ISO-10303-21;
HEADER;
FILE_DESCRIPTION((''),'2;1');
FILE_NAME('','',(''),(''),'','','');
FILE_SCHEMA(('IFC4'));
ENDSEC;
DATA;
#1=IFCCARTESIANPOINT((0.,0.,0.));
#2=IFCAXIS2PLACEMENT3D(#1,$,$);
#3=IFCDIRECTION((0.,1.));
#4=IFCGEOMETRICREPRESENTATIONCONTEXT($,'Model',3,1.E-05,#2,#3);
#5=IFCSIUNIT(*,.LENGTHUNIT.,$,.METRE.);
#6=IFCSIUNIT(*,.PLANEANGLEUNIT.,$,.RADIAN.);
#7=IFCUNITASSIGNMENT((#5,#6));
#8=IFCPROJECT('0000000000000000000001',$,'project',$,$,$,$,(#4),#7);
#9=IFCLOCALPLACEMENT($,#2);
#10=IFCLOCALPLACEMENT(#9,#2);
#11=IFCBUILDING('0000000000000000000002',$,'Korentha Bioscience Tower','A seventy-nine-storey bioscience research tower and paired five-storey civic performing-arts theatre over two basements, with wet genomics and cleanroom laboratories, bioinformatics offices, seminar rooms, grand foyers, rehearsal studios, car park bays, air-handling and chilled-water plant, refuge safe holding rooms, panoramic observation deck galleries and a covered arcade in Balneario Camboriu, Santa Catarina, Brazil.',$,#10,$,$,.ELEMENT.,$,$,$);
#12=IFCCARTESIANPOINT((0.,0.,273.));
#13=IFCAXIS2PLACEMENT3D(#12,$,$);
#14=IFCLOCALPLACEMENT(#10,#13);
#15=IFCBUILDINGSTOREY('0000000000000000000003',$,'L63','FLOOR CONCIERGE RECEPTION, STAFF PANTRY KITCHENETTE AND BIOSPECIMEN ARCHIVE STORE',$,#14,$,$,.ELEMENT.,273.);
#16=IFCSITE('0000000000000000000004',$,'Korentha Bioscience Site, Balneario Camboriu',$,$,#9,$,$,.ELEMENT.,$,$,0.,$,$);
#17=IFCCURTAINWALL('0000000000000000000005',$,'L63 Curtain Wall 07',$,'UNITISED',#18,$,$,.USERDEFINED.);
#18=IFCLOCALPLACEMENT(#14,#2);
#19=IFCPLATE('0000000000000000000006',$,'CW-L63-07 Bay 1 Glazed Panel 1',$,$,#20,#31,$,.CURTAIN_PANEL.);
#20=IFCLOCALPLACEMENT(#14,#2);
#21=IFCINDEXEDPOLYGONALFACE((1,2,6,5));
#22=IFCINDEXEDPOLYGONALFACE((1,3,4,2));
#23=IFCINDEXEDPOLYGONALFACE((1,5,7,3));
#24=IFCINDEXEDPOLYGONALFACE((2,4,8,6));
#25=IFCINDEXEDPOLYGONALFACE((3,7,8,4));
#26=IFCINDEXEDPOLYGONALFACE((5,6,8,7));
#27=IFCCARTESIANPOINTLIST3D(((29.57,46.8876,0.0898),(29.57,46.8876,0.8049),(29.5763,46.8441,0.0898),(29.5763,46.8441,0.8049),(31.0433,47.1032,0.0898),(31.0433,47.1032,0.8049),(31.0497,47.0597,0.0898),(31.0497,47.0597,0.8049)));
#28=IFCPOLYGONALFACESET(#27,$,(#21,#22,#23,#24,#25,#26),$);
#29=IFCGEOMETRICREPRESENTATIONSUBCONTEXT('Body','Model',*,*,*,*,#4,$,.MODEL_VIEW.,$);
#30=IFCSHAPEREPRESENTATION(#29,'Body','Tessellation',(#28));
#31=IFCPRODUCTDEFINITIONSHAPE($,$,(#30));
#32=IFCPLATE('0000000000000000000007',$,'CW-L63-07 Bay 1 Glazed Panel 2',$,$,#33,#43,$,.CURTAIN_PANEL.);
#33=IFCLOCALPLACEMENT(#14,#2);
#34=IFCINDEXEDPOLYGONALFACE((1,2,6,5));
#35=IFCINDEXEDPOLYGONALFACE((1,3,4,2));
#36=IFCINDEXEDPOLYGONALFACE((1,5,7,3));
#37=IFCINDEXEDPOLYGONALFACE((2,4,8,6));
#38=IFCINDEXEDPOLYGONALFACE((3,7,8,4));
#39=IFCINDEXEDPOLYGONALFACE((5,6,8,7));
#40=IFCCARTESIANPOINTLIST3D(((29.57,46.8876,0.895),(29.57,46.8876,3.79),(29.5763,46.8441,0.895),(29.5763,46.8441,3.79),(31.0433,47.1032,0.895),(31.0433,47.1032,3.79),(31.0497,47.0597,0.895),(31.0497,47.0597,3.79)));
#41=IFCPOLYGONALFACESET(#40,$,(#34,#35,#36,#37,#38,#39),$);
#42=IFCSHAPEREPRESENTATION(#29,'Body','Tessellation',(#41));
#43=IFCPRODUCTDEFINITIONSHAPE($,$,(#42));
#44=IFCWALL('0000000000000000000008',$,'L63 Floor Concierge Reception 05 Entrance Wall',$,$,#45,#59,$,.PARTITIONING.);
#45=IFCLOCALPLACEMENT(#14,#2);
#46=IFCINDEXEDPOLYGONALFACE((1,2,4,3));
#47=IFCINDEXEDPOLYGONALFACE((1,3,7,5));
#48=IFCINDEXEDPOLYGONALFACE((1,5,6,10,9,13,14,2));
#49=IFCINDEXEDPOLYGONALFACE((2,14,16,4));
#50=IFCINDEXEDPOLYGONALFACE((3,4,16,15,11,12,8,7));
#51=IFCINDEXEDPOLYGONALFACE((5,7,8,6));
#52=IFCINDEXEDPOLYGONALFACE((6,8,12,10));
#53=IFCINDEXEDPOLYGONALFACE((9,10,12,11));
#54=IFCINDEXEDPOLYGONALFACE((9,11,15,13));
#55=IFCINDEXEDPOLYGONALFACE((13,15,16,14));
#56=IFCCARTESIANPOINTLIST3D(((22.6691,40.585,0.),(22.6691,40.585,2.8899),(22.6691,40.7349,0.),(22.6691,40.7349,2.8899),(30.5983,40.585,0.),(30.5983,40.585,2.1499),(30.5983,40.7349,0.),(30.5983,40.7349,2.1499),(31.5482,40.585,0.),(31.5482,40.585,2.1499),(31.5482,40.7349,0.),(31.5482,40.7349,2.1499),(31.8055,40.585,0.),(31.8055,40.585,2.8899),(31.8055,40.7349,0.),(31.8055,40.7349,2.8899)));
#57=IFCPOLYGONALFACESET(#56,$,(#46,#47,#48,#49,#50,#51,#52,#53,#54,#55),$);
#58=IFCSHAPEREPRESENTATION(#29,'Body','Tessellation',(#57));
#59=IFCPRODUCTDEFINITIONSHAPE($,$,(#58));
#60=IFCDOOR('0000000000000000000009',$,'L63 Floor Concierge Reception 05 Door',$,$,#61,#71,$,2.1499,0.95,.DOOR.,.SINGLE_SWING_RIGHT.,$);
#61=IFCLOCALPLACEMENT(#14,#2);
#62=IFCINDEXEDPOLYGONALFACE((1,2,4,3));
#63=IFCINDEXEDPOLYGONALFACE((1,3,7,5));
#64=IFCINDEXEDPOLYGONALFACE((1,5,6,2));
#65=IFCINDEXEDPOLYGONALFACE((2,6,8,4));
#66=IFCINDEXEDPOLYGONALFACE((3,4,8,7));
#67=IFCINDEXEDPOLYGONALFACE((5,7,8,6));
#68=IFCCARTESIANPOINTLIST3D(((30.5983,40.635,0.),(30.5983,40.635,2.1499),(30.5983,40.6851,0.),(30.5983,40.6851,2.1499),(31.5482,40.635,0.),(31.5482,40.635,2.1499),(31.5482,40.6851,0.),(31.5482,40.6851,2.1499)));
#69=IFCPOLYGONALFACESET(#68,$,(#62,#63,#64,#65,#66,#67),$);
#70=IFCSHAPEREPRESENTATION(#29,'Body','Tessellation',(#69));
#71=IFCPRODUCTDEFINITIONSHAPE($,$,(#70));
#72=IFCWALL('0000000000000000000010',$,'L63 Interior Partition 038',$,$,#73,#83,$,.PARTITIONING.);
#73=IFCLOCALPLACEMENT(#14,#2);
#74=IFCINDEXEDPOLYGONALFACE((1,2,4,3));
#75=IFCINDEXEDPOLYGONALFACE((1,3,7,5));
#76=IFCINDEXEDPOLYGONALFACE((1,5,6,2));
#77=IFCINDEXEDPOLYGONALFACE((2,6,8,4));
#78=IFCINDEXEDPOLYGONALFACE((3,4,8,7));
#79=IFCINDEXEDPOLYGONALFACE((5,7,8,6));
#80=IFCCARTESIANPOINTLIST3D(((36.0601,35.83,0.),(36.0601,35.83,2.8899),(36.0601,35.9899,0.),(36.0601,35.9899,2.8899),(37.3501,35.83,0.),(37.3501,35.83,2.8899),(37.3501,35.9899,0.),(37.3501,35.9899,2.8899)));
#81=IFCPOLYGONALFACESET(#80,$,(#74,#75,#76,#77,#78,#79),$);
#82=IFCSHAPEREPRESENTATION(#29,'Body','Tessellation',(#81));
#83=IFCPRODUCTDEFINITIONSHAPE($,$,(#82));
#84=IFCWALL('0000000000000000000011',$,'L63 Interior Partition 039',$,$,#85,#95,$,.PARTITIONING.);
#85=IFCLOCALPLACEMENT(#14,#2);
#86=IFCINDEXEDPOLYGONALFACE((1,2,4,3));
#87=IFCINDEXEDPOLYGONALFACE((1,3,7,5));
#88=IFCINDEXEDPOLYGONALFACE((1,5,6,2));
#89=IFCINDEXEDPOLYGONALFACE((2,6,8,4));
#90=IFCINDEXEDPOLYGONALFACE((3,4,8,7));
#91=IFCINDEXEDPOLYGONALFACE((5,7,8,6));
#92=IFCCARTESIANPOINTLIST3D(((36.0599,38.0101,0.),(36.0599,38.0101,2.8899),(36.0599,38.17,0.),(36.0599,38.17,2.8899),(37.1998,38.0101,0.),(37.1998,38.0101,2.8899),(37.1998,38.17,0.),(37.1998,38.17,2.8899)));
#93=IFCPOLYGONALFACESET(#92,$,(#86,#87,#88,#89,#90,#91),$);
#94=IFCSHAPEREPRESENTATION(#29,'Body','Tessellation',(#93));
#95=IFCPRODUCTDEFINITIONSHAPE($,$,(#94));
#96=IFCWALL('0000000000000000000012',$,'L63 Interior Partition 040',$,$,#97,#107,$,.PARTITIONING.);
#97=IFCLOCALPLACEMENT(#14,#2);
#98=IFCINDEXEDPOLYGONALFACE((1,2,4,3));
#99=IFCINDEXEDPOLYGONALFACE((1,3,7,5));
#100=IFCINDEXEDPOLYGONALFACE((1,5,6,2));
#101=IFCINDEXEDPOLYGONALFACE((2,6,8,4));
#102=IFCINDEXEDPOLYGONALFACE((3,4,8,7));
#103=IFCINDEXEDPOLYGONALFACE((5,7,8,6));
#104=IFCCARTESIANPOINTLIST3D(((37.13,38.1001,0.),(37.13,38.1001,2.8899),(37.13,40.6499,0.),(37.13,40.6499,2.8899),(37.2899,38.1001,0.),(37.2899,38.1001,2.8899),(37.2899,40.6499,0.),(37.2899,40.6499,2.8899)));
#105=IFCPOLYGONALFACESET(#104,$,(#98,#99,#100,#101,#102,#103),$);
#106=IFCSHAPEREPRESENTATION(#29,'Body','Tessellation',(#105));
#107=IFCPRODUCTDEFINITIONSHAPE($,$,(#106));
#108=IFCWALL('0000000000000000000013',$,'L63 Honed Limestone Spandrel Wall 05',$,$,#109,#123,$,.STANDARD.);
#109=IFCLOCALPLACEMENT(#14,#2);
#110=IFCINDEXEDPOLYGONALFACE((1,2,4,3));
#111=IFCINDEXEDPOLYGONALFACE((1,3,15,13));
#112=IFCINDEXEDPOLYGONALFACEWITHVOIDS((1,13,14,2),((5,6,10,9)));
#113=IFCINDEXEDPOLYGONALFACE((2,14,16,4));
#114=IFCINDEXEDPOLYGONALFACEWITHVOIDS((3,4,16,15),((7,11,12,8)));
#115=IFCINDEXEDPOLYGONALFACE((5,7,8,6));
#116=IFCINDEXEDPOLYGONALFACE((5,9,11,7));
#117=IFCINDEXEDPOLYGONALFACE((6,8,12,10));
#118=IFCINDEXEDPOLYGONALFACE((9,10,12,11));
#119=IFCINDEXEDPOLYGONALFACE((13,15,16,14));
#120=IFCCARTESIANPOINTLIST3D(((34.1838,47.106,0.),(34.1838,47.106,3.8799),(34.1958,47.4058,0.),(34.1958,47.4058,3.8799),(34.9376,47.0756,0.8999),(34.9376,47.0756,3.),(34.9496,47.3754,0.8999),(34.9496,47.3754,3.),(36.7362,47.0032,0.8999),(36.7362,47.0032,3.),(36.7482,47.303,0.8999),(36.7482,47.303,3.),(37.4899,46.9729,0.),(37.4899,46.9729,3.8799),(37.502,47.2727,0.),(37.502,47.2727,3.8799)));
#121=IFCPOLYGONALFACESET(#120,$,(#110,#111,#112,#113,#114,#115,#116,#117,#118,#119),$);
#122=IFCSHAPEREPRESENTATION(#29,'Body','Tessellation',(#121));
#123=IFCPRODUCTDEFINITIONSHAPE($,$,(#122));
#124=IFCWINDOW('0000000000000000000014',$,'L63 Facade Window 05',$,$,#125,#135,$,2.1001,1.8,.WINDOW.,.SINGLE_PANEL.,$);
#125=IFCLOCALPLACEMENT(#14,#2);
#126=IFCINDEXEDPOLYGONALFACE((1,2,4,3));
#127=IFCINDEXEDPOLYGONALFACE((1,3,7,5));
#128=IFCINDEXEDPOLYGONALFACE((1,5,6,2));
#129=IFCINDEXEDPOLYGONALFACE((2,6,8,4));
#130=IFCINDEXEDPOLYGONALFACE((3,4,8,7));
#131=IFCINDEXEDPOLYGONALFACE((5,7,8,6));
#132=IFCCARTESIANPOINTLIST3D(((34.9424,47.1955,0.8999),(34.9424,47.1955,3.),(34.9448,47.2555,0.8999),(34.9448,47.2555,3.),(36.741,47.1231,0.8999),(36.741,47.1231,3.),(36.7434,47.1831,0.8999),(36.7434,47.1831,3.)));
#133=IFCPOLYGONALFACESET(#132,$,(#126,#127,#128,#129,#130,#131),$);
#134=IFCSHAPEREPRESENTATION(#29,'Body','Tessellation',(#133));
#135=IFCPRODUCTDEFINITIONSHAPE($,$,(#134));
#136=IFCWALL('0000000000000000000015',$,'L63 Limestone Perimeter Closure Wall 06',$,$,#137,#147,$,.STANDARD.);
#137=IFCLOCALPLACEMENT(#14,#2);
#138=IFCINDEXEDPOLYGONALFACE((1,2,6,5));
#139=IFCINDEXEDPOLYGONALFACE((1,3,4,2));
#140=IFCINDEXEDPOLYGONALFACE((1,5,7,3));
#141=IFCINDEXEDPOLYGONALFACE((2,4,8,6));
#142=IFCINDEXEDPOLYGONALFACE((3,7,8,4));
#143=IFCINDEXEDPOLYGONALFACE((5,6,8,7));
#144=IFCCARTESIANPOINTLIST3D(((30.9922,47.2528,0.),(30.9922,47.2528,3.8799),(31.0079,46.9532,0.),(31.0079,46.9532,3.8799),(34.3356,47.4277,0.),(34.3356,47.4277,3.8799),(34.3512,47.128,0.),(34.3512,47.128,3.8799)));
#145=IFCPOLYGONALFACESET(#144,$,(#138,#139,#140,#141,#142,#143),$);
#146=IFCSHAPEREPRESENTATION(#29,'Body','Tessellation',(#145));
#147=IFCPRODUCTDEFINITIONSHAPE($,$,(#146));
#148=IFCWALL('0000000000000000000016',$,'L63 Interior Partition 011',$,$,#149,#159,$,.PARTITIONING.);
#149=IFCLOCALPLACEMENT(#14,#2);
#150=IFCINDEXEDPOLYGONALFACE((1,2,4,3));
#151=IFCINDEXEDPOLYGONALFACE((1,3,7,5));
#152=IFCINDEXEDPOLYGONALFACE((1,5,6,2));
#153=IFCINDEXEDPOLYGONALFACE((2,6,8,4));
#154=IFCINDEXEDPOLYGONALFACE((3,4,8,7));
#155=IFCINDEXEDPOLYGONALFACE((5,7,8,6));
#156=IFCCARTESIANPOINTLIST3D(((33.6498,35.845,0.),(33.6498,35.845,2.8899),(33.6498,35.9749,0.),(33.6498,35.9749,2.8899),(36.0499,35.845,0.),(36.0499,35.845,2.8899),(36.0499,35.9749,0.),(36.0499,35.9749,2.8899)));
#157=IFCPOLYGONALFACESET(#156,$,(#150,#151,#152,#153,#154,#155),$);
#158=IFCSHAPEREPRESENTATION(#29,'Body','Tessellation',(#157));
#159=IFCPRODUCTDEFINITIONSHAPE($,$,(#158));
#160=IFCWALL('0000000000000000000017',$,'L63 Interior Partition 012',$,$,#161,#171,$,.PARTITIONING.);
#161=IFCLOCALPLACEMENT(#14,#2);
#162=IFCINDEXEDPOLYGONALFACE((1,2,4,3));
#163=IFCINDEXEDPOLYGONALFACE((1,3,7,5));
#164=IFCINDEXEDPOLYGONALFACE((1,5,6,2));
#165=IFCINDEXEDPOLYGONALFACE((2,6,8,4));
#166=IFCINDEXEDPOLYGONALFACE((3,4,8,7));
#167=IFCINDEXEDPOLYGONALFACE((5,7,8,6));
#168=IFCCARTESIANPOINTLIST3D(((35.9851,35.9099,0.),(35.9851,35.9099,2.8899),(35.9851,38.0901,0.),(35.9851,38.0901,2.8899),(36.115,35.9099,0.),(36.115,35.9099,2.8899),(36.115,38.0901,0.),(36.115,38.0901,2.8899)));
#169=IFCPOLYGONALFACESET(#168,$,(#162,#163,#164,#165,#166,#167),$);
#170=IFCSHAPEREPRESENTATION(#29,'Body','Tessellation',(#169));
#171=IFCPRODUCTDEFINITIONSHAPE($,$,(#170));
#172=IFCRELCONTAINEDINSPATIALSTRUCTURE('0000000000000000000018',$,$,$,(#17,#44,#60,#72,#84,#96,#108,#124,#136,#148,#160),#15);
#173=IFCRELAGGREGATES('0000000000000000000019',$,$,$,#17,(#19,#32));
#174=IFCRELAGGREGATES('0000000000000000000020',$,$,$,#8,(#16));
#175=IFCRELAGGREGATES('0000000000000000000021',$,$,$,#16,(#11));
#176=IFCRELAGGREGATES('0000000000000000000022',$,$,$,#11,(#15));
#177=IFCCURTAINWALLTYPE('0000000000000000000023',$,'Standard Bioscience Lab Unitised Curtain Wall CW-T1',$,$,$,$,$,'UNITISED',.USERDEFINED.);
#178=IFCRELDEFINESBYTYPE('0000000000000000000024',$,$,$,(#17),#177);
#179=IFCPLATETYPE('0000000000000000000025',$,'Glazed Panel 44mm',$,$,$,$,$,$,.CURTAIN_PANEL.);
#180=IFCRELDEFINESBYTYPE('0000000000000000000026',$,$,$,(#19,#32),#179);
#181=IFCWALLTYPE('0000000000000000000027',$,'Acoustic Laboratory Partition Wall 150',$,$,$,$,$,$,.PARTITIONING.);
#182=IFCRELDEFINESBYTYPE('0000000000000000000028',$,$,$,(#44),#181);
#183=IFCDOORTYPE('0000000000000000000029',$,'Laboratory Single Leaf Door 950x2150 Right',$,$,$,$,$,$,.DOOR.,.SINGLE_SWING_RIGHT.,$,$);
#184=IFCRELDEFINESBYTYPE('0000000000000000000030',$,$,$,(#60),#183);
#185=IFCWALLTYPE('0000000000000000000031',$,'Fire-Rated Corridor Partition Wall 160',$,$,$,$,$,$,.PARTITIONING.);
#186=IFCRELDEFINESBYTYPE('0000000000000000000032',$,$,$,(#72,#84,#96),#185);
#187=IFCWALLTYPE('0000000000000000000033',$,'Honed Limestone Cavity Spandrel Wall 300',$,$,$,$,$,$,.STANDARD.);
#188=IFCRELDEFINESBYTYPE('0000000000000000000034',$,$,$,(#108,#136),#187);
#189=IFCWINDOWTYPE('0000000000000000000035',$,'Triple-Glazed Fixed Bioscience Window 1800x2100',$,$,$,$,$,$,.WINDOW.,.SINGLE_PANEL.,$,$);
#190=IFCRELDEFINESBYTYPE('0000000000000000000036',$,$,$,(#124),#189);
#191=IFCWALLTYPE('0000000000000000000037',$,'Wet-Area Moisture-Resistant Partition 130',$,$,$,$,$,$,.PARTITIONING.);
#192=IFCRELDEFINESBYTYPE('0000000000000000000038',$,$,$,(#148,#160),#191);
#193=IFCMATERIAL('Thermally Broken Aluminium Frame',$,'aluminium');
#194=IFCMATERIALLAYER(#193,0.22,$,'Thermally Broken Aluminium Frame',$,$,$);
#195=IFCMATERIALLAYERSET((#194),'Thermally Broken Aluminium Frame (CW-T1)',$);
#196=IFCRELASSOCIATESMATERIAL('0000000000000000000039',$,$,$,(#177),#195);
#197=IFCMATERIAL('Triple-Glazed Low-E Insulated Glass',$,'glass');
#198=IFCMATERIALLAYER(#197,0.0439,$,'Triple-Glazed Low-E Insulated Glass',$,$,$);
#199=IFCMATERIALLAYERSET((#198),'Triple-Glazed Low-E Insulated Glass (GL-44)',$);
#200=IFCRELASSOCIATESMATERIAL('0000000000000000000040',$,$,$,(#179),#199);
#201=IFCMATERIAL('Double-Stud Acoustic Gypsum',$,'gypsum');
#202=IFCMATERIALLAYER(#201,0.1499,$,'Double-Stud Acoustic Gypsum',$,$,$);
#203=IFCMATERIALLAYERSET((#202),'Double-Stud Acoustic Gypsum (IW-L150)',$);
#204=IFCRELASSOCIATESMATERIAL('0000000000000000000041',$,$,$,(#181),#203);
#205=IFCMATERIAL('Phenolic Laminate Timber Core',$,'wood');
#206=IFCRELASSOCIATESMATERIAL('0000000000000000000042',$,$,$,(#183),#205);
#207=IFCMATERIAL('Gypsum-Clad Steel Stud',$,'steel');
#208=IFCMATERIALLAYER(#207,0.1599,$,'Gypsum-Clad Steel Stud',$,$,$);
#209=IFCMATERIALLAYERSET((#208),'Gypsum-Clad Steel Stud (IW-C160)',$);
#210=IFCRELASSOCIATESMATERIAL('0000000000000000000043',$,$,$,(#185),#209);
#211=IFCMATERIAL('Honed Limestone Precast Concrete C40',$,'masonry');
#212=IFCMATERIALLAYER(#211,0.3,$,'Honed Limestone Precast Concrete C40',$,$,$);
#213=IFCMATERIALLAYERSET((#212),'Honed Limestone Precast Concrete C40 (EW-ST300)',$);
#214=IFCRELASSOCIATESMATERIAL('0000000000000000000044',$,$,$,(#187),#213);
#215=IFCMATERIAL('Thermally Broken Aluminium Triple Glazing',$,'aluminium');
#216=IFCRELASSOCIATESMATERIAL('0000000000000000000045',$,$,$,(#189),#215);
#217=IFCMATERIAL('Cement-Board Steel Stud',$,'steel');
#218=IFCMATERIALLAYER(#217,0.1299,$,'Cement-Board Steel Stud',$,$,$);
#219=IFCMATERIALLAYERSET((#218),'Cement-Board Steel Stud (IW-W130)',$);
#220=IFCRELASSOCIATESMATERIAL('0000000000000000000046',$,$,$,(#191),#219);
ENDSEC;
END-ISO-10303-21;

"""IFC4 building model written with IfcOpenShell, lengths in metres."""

from ifc_helpers import new_model, si_unit, direction, frame, frame_2d, origin, origin_2d, place, context, subcontext, project, spatial, rectangle, extrude, material, layer, layer_set, type_object, element, fill, aggregate, save


model = new_model("IFC4")

# Units and contexts
model_context = context("Model", 3, precision=1e-05, world=origin(), true_north=direction((0.0, 1.0)))
body_context = subcontext(model_context, "Body", "Model", "MODEL_VIEW")
ifc_project = project(units=[si_unit("LENGTHUNIT", "METRE"), si_unit("PLANEANGLEUNIT", "RADIAN")], contexts=[model_context])

# Site, building, storey
site_placement = place(None, origin())
site = spatial("IfcSite", under=ifc_project, at=site_placement, Name="Korentha Bioscience Site, Balneario Camboriu", CompositionType="ELEMENT", RefElevation=0.0)
building_placement = place(site_placement, origin())
building = spatial("IfcBuilding", under=site, at=building_placement, Name="Korentha Bioscience Tower", Description="A seventy-nine-storey bioscience research tower and paired five-storey civic performing-arts theatre over two basements, with wet genomics and cleanroom laboratories, bioinformatics offices, seminar rooms, grand foyers, rehearsal studios, car park bays, air-handling and chilled-water plant, refuge safe holding rooms, panoramic observation deck galleries and a covered arcade in Balneario Camboriu, Santa Catarina, Brazil.", CompositionType="ELEMENT")
storey_placement = place(building_placement, frame((0.0, 0.0, 273.0)))
storey = spatial("IfcBuildingStorey", under=building, at=storey_placement, Name="L63", Description="FLOOR CONCIERGE RECEPTION, STAFF PANTRY KITCHENETTE AND BIOSPECIMEN ARCHIVE STORE", CompositionType="ELEMENT", Elevation=273.0)

# Curtain wall
ifc_material_1 = material(Name="Thermally Broken Aluminium Frame", Category="aluminium")
ifc_layer_1 = layer(ifc_material_1, 0.22, Name="Thermally Broken Aluminium Frame")
ifc_layer_set_1 = layer_set([ifc_layer_1], Name="Thermally Broken Aluminium Frame (CW-T1)")
curtain_wall_type = type_object("IfcCurtainWallType", Name="Standard Bioscience Lab Unitised Curtain Wall CW-T1", ElementType="UNITISED", PredefinedType="USERDEFINED", material=ifc_layer_set_1)
curtain_wall_placement = place(storey_placement, origin())
curtain_wall = element("IfcCurtainWall", 1, at=curtain_wall_placement, inside=storey, type_object=curtain_wall_type, Name="L63 Curtain Wall 07", ObjectType="UNITISED", PredefinedType="USERDEFINED")

# Plates
ifc_material_2 = material(Name="Triple-Glazed Low-E Insulated Glass", Category="glass")
ifc_layer_2 = layer(ifc_material_2, 0.0439, Name="Triple-Glazed Low-E Insulated Glass")
ifc_layer_set_2 = layer_set([ifc_layer_2], Name="Triple-Glazed Low-E Insulated Glass (GL-44)")
plate_type = type_object("IfcPlateType", Name="Glazed Panel 44mm", PredefinedType="CURTAIN_PANEL", material=ifc_layer_set_2)
plate_1_placement = place(storey_placement, frame((30.3098, 46.9736, 0.0898), z_axis=(0.0, 0.0, 1.0), x_axis=(-0.98946, -0.144809, 0.0)))
plate_1 = element("IfcPlate", 2, at=plate_1_placement, type_object=plate_type, Name="CW-L63-07 Bay 1 Glazed Panel 1", PredefinedType="CURTAIN_PANEL", context=body_context, shape_type="SweptSolid", body=[
    extrude(rectangle(XDim=1.489, YDim=0.0439, at=origin_2d()), origin(), (0.0, 0.0, 1.0), 0.7151),
])
plate_2_placement = place(storey_placement, frame((30.3098, 46.9736, 0.895), z_axis=(0.0, 0.0, 1.0), x_axis=(-0.98946, -0.144809, 0.0)))
plate_2 = element("IfcPlate", 3, at=plate_2_placement, type_object=plate_type, Name="CW-L63-07 Bay 1 Glazed Panel 2", PredefinedType="CURTAIN_PANEL", context=body_context, shape_type="SweptSolid", body=[
    extrude(rectangle(XDim=1.489, YDim=0.0439, at=origin_2d()), origin(), (0.0, 0.0, 1.0), 2.895),
])
aggregate(curtain_wall, [plate_1, plate_2])

# Wall, opening, door
ifc_material_3 = material(Name="Double-Stud Acoustic Gypsum", Category="gypsum")
ifc_layer_3 = layer(ifc_material_3, 0.1499, Name="Double-Stud Acoustic Gypsum")
ifc_layer_set_3 = layer_set([ifc_layer_3], Name="Double-Stud Acoustic Gypsum (IW-L150)")
wall_type_1 = type_object("IfcWallType", Name="Acoustic Laboratory Partition Wall 150", PredefinedType="PARTITIONING", material=ifc_layer_set_3)
wall_1_placement = place(storey_placement, frame((31.8057, 40.6599, 0.0), z_axis=(0.0, 0.0, 1.0), x_axis=(-1.0, 0.0, 0.0)))
wall_1 = element("IfcWall", 4, at=wall_1_placement, inside=storey, type_object=wall_type_1, Name="L63 Floor Concierge Reception 05 Entrance Wall", PredefinedType="PARTITIONING", context=body_context, shape_type="SweptSolid", body=[
    extrude(rectangle(XDim=9.1365, YDim=0.1499, at=frame_2d((4.5684, 0.0))), origin(), (0.0, 0.0, 1.0), 2.8899),
])
opening_1_placement = place(wall_1_placement, frame((0.2573, 0.0, 0.0)))
opening_1 = element("IfcOpeningElement", 5, at=opening_1_placement, cuts=wall_1, PredefinedType="OPENING", context=body_context, shape_type="SweptSolid", body=[
    extrude(rectangle(XDim=0.95, YDim=2.1499, at=frame_2d((0.4751, 1.075))), frame((0.0, 0.0898, 0.0), z_axis=(0.0, -1.0, 0.0), x_axis=(1.0, 0.0, 0.0)), (0.0, 0.0, 1.0), 0.1797),
])
ifc_material_4 = material(Name="Phenolic Laminate Timber Core", Category="wood")
door_type_1 = type_object("IfcDoorType", Name="Laboratory Single Leaf Door 950x2150 Right", OperationType="SINGLE_SWING_RIGHT", PredefinedType="DOOR", material=ifc_material_4)
door_1_placement = place(opening_1_placement, origin())
door_1 = element("IfcDoor", 6, at=door_1_placement, inside=storey, type_object=door_type_1, Name="L63 Floor Concierge Reception 05 Door", OperationType="SINGLE_SWING_RIGHT", OverallHeight=2.1499, OverallWidth=0.95, PredefinedType="DOOR", context=body_context, shape_type="SweptSolid", body=[
    extrude(rectangle(XDim=0.95, YDim=2.1499, at=frame_2d((0.4751, 1.075))), frame((0.0, 0.0249, 0.0), z_axis=(0.0, -1.0, 0.0), x_axis=(1.0, 0.0, 0.0)), (0.0, 0.0, 1.0), 0.05),
])
fill(opening_1, door_1)
ifc_material_5 = material(Name="Gypsum-Clad Steel Stud", Category="steel")
ifc_layer_4 = layer(ifc_material_5, 0.1599, Name="Gypsum-Clad Steel Stud")
ifc_layer_set_4 = layer_set([ifc_layer_4], Name="Gypsum-Clad Steel Stud (IW-C160)")
wall_type_2 = type_object("IfcWallType", Name="Fire-Rated Corridor Partition Wall 160", PredefinedType="PARTITIONING", material=ifc_layer_set_4)

# Walls
wall_2_placement = place(storey_placement, frame((37.3501, 35.9099, 0.0), z_axis=(0.0, 0.0, 1.0), x_axis=(-1.0, 0.0, 0.0)))
element("IfcWall", 7, at=wall_2_placement, inside=storey, type_object=wall_type_2, Name="L63 Interior Partition 038", PredefinedType="PARTITIONING", context=body_context, shape_type="SweptSolid", body=[
    extrude(rectangle(XDim=1.29, YDim=0.1599, at=frame_2d((0.645, 0.0))), origin(), (0.0, 0.0, 1.0), 2.8899),
])
wall_3_placement = place(storey_placement, frame((36.0601, 38.0901, 0.0), z_axis=(0.0, 0.0, 1.0), x_axis=(1.0, 0.0, 0.0)))
element("IfcWall", 8, at=wall_3_placement, inside=storey, type_object=wall_type_2, Name="L63 Interior Partition 039", PredefinedType="PARTITIONING", context=body_context, shape_type="SweptSolid", body=[
    extrude(rectangle(XDim=1.1399, YDim=0.1599, at=frame_2d((0.5698, 0.0))), origin(), (0.0, 0.0, 1.0), 2.8899),
])
wall_4_placement = place(storey_placement, frame((37.21, 38.1001, 0.0), z_axis=(0.0, 0.0, 1.0), x_axis=(0.0, 1.0, 0.0)))
element("IfcWall", 9, at=wall_4_placement, inside=storey, type_object=wall_type_2, Name="L63 Interior Partition 040", PredefinedType="PARTITIONING", context=body_context, shape_type="SweptSolid", body=[
    extrude(rectangle(XDim=2.5498, YDim=0.1599, at=frame_2d((1.2749, 0.0))), origin(), (0.0, 0.0, 1.0), 2.8899),
])

# Wall, opening, window
ifc_material_6 = material(Name="Honed Limestone Precast Concrete C40", Category="masonry")
ifc_layer_5 = layer(ifc_material_6, 0.3, Name="Honed Limestone Precast Concrete C40")
ifc_layer_set_5 = layer_set([ifc_layer_5], Name="Honed Limestone Precast Concrete C40 (EW-ST300)")
wall_type_3 = type_object("IfcWallType", Name="Honed Limestone Cavity Spandrel Wall 300", PredefinedType="STANDARD", material=ifc_layer_set_5)
wall_5_placement = place(storey_placement, frame((37.4958, 47.1228, 0.0), z_axis=(0.0, 0.0, 1.0), x_axis=(-0.999191, 0.040213, 0.0)))
wall_5 = element("IfcWall", 10, at=wall_5_placement, inside=storey, type_object=wall_type_3, Name="L63 Honed Limestone Spandrel Wall 05", PredefinedType="STANDARD", context=body_context, shape_type="SweptSolid", body=[
    extrude(rectangle(XDim=3.3088, YDim=0.3, at=frame_2d((1.6543, 0.0))), origin(), (0.0, 0.0, 1.0), 3.8799),
])
opening_2_placement = place(wall_5_placement, frame((0.7544, 0.0, 0.8999)))
opening_2 = element("IfcOpeningElement", 11, at=opening_2_placement, cuts=wall_5, PredefinedType="OPENING", context=body_context, shape_type="SweptSolid", body=[
    extrude(rectangle(XDim=1.8, YDim=2.1001, at=frame_2d((0.8999, 1.05))), frame((0.0, 0.165, 0.0), z_axis=(0.0, -1.0, 0.0), x_axis=(1.0, 0.0, 0.0)), (0.0, 0.0, 1.0), 0.3298),
])
ifc_material_7 = material(Name="Thermally Broken Aluminium Triple Glazing", Category="aluminium")
window_type = type_object("IfcWindowType", Name="Triple-Glazed Fixed Bioscience Window 1800x2100", PartitioningType="SINGLE_PANEL", PredefinedType="WINDOW", material=ifc_material_7)
window_placement = place(opening_2_placement, origin())
window = element("IfcWindow", 12, at=window_placement, inside=storey, type_object=window_type, Name="L63 Facade Window 05", OverallHeight=2.1001, OverallWidth=1.8, PartitioningType="SINGLE_PANEL", PredefinedType="WINDOW", context=body_context, shape_type="SweptSolid", body=[
    extrude(rectangle(XDim=1.8, YDim=2.1001, at=frame_2d((0.8999, 1.05))), frame((0.0, 0.03, 0.0), z_axis=(0.0, -1.0, 0.0), x_axis=(1.0, 0.0, 0.0)), (0.0, 0.0, 1.0), 0.0601),
])
fill(opening_2, window)

# Wall
wall_6_placement = place(storey_placement, frame((34.3433, 47.2778, 0.0), z_axis=(0.0, 0.0, 1.0), x_axis=(-0.998636, -0.052214, 0.0)))
element("IfcWall", 13, at=wall_6_placement, inside=storey, type_object=wall_type_3, Name="L63 Limestone Perimeter Closure Wall 06", PredefinedType="STANDARD", context=body_context, shape_type="SweptSolid", body=[
    extrude(rectangle(XDim=3.3479, YDim=0.3, at=frame_2d((1.6738, 0.0))), origin(), (0.0, 0.0, 1.0), 3.8799),
])

# Shared definitions
ifc_material_8 = material(Name="Cement-Board Steel Stud", Category="steel")
ifc_layer_6 = layer(ifc_material_8, 0.1299, Name="Cement-Board Steel Stud")
ifc_layer_set_6 = layer_set([ifc_layer_6], Name="Cement-Board Steel Stud (IW-W130)")
wall_type_4 = type_object("IfcWallType", Name="Wet-Area Moisture-Resistant Partition 130", PredefinedType="PARTITIONING", material=ifc_layer_set_6)

# Walls
wall_7_placement = place(storey_placement, frame((36.05, 35.9099, 0.0), z_axis=(0.0, 0.0, 1.0), x_axis=(-1.0, 0.0, 0.0)))
element("IfcWall", 14, at=wall_7_placement, inside=storey, type_object=wall_type_4, Name="L63 Interior Partition 011", PredefinedType="PARTITIONING", context=body_context, shape_type="SweptSolid", body=[
    extrude(rectangle(XDim=2.4001, YDim=0.1299, at=frame_2d((1.2002, 0.0))), origin(), (0.0, 0.0, 1.0), 2.8899),
])
wall_8_placement = place(storey_placement, frame((36.05, 38.0901, 0.0), z_axis=(0.0, 0.0, 1.0), x_axis=(0.0, -1.0, 0.0)))
element("IfcWall", 15, at=wall_8_placement, inside=storey, type_object=wall_type_4, Name="L63 Interior Partition 012", PredefinedType="PARTITIONING", context=body_context, shape_type="SweptSolid", body=[
    extrude(rectangle(XDim=2.1802, YDim=0.1299, at=frame_2d((1.0901, 0.0))), origin(), (0.0, 0.0, 1.0), 2.8899),
])

save(model, "model.ifc")
